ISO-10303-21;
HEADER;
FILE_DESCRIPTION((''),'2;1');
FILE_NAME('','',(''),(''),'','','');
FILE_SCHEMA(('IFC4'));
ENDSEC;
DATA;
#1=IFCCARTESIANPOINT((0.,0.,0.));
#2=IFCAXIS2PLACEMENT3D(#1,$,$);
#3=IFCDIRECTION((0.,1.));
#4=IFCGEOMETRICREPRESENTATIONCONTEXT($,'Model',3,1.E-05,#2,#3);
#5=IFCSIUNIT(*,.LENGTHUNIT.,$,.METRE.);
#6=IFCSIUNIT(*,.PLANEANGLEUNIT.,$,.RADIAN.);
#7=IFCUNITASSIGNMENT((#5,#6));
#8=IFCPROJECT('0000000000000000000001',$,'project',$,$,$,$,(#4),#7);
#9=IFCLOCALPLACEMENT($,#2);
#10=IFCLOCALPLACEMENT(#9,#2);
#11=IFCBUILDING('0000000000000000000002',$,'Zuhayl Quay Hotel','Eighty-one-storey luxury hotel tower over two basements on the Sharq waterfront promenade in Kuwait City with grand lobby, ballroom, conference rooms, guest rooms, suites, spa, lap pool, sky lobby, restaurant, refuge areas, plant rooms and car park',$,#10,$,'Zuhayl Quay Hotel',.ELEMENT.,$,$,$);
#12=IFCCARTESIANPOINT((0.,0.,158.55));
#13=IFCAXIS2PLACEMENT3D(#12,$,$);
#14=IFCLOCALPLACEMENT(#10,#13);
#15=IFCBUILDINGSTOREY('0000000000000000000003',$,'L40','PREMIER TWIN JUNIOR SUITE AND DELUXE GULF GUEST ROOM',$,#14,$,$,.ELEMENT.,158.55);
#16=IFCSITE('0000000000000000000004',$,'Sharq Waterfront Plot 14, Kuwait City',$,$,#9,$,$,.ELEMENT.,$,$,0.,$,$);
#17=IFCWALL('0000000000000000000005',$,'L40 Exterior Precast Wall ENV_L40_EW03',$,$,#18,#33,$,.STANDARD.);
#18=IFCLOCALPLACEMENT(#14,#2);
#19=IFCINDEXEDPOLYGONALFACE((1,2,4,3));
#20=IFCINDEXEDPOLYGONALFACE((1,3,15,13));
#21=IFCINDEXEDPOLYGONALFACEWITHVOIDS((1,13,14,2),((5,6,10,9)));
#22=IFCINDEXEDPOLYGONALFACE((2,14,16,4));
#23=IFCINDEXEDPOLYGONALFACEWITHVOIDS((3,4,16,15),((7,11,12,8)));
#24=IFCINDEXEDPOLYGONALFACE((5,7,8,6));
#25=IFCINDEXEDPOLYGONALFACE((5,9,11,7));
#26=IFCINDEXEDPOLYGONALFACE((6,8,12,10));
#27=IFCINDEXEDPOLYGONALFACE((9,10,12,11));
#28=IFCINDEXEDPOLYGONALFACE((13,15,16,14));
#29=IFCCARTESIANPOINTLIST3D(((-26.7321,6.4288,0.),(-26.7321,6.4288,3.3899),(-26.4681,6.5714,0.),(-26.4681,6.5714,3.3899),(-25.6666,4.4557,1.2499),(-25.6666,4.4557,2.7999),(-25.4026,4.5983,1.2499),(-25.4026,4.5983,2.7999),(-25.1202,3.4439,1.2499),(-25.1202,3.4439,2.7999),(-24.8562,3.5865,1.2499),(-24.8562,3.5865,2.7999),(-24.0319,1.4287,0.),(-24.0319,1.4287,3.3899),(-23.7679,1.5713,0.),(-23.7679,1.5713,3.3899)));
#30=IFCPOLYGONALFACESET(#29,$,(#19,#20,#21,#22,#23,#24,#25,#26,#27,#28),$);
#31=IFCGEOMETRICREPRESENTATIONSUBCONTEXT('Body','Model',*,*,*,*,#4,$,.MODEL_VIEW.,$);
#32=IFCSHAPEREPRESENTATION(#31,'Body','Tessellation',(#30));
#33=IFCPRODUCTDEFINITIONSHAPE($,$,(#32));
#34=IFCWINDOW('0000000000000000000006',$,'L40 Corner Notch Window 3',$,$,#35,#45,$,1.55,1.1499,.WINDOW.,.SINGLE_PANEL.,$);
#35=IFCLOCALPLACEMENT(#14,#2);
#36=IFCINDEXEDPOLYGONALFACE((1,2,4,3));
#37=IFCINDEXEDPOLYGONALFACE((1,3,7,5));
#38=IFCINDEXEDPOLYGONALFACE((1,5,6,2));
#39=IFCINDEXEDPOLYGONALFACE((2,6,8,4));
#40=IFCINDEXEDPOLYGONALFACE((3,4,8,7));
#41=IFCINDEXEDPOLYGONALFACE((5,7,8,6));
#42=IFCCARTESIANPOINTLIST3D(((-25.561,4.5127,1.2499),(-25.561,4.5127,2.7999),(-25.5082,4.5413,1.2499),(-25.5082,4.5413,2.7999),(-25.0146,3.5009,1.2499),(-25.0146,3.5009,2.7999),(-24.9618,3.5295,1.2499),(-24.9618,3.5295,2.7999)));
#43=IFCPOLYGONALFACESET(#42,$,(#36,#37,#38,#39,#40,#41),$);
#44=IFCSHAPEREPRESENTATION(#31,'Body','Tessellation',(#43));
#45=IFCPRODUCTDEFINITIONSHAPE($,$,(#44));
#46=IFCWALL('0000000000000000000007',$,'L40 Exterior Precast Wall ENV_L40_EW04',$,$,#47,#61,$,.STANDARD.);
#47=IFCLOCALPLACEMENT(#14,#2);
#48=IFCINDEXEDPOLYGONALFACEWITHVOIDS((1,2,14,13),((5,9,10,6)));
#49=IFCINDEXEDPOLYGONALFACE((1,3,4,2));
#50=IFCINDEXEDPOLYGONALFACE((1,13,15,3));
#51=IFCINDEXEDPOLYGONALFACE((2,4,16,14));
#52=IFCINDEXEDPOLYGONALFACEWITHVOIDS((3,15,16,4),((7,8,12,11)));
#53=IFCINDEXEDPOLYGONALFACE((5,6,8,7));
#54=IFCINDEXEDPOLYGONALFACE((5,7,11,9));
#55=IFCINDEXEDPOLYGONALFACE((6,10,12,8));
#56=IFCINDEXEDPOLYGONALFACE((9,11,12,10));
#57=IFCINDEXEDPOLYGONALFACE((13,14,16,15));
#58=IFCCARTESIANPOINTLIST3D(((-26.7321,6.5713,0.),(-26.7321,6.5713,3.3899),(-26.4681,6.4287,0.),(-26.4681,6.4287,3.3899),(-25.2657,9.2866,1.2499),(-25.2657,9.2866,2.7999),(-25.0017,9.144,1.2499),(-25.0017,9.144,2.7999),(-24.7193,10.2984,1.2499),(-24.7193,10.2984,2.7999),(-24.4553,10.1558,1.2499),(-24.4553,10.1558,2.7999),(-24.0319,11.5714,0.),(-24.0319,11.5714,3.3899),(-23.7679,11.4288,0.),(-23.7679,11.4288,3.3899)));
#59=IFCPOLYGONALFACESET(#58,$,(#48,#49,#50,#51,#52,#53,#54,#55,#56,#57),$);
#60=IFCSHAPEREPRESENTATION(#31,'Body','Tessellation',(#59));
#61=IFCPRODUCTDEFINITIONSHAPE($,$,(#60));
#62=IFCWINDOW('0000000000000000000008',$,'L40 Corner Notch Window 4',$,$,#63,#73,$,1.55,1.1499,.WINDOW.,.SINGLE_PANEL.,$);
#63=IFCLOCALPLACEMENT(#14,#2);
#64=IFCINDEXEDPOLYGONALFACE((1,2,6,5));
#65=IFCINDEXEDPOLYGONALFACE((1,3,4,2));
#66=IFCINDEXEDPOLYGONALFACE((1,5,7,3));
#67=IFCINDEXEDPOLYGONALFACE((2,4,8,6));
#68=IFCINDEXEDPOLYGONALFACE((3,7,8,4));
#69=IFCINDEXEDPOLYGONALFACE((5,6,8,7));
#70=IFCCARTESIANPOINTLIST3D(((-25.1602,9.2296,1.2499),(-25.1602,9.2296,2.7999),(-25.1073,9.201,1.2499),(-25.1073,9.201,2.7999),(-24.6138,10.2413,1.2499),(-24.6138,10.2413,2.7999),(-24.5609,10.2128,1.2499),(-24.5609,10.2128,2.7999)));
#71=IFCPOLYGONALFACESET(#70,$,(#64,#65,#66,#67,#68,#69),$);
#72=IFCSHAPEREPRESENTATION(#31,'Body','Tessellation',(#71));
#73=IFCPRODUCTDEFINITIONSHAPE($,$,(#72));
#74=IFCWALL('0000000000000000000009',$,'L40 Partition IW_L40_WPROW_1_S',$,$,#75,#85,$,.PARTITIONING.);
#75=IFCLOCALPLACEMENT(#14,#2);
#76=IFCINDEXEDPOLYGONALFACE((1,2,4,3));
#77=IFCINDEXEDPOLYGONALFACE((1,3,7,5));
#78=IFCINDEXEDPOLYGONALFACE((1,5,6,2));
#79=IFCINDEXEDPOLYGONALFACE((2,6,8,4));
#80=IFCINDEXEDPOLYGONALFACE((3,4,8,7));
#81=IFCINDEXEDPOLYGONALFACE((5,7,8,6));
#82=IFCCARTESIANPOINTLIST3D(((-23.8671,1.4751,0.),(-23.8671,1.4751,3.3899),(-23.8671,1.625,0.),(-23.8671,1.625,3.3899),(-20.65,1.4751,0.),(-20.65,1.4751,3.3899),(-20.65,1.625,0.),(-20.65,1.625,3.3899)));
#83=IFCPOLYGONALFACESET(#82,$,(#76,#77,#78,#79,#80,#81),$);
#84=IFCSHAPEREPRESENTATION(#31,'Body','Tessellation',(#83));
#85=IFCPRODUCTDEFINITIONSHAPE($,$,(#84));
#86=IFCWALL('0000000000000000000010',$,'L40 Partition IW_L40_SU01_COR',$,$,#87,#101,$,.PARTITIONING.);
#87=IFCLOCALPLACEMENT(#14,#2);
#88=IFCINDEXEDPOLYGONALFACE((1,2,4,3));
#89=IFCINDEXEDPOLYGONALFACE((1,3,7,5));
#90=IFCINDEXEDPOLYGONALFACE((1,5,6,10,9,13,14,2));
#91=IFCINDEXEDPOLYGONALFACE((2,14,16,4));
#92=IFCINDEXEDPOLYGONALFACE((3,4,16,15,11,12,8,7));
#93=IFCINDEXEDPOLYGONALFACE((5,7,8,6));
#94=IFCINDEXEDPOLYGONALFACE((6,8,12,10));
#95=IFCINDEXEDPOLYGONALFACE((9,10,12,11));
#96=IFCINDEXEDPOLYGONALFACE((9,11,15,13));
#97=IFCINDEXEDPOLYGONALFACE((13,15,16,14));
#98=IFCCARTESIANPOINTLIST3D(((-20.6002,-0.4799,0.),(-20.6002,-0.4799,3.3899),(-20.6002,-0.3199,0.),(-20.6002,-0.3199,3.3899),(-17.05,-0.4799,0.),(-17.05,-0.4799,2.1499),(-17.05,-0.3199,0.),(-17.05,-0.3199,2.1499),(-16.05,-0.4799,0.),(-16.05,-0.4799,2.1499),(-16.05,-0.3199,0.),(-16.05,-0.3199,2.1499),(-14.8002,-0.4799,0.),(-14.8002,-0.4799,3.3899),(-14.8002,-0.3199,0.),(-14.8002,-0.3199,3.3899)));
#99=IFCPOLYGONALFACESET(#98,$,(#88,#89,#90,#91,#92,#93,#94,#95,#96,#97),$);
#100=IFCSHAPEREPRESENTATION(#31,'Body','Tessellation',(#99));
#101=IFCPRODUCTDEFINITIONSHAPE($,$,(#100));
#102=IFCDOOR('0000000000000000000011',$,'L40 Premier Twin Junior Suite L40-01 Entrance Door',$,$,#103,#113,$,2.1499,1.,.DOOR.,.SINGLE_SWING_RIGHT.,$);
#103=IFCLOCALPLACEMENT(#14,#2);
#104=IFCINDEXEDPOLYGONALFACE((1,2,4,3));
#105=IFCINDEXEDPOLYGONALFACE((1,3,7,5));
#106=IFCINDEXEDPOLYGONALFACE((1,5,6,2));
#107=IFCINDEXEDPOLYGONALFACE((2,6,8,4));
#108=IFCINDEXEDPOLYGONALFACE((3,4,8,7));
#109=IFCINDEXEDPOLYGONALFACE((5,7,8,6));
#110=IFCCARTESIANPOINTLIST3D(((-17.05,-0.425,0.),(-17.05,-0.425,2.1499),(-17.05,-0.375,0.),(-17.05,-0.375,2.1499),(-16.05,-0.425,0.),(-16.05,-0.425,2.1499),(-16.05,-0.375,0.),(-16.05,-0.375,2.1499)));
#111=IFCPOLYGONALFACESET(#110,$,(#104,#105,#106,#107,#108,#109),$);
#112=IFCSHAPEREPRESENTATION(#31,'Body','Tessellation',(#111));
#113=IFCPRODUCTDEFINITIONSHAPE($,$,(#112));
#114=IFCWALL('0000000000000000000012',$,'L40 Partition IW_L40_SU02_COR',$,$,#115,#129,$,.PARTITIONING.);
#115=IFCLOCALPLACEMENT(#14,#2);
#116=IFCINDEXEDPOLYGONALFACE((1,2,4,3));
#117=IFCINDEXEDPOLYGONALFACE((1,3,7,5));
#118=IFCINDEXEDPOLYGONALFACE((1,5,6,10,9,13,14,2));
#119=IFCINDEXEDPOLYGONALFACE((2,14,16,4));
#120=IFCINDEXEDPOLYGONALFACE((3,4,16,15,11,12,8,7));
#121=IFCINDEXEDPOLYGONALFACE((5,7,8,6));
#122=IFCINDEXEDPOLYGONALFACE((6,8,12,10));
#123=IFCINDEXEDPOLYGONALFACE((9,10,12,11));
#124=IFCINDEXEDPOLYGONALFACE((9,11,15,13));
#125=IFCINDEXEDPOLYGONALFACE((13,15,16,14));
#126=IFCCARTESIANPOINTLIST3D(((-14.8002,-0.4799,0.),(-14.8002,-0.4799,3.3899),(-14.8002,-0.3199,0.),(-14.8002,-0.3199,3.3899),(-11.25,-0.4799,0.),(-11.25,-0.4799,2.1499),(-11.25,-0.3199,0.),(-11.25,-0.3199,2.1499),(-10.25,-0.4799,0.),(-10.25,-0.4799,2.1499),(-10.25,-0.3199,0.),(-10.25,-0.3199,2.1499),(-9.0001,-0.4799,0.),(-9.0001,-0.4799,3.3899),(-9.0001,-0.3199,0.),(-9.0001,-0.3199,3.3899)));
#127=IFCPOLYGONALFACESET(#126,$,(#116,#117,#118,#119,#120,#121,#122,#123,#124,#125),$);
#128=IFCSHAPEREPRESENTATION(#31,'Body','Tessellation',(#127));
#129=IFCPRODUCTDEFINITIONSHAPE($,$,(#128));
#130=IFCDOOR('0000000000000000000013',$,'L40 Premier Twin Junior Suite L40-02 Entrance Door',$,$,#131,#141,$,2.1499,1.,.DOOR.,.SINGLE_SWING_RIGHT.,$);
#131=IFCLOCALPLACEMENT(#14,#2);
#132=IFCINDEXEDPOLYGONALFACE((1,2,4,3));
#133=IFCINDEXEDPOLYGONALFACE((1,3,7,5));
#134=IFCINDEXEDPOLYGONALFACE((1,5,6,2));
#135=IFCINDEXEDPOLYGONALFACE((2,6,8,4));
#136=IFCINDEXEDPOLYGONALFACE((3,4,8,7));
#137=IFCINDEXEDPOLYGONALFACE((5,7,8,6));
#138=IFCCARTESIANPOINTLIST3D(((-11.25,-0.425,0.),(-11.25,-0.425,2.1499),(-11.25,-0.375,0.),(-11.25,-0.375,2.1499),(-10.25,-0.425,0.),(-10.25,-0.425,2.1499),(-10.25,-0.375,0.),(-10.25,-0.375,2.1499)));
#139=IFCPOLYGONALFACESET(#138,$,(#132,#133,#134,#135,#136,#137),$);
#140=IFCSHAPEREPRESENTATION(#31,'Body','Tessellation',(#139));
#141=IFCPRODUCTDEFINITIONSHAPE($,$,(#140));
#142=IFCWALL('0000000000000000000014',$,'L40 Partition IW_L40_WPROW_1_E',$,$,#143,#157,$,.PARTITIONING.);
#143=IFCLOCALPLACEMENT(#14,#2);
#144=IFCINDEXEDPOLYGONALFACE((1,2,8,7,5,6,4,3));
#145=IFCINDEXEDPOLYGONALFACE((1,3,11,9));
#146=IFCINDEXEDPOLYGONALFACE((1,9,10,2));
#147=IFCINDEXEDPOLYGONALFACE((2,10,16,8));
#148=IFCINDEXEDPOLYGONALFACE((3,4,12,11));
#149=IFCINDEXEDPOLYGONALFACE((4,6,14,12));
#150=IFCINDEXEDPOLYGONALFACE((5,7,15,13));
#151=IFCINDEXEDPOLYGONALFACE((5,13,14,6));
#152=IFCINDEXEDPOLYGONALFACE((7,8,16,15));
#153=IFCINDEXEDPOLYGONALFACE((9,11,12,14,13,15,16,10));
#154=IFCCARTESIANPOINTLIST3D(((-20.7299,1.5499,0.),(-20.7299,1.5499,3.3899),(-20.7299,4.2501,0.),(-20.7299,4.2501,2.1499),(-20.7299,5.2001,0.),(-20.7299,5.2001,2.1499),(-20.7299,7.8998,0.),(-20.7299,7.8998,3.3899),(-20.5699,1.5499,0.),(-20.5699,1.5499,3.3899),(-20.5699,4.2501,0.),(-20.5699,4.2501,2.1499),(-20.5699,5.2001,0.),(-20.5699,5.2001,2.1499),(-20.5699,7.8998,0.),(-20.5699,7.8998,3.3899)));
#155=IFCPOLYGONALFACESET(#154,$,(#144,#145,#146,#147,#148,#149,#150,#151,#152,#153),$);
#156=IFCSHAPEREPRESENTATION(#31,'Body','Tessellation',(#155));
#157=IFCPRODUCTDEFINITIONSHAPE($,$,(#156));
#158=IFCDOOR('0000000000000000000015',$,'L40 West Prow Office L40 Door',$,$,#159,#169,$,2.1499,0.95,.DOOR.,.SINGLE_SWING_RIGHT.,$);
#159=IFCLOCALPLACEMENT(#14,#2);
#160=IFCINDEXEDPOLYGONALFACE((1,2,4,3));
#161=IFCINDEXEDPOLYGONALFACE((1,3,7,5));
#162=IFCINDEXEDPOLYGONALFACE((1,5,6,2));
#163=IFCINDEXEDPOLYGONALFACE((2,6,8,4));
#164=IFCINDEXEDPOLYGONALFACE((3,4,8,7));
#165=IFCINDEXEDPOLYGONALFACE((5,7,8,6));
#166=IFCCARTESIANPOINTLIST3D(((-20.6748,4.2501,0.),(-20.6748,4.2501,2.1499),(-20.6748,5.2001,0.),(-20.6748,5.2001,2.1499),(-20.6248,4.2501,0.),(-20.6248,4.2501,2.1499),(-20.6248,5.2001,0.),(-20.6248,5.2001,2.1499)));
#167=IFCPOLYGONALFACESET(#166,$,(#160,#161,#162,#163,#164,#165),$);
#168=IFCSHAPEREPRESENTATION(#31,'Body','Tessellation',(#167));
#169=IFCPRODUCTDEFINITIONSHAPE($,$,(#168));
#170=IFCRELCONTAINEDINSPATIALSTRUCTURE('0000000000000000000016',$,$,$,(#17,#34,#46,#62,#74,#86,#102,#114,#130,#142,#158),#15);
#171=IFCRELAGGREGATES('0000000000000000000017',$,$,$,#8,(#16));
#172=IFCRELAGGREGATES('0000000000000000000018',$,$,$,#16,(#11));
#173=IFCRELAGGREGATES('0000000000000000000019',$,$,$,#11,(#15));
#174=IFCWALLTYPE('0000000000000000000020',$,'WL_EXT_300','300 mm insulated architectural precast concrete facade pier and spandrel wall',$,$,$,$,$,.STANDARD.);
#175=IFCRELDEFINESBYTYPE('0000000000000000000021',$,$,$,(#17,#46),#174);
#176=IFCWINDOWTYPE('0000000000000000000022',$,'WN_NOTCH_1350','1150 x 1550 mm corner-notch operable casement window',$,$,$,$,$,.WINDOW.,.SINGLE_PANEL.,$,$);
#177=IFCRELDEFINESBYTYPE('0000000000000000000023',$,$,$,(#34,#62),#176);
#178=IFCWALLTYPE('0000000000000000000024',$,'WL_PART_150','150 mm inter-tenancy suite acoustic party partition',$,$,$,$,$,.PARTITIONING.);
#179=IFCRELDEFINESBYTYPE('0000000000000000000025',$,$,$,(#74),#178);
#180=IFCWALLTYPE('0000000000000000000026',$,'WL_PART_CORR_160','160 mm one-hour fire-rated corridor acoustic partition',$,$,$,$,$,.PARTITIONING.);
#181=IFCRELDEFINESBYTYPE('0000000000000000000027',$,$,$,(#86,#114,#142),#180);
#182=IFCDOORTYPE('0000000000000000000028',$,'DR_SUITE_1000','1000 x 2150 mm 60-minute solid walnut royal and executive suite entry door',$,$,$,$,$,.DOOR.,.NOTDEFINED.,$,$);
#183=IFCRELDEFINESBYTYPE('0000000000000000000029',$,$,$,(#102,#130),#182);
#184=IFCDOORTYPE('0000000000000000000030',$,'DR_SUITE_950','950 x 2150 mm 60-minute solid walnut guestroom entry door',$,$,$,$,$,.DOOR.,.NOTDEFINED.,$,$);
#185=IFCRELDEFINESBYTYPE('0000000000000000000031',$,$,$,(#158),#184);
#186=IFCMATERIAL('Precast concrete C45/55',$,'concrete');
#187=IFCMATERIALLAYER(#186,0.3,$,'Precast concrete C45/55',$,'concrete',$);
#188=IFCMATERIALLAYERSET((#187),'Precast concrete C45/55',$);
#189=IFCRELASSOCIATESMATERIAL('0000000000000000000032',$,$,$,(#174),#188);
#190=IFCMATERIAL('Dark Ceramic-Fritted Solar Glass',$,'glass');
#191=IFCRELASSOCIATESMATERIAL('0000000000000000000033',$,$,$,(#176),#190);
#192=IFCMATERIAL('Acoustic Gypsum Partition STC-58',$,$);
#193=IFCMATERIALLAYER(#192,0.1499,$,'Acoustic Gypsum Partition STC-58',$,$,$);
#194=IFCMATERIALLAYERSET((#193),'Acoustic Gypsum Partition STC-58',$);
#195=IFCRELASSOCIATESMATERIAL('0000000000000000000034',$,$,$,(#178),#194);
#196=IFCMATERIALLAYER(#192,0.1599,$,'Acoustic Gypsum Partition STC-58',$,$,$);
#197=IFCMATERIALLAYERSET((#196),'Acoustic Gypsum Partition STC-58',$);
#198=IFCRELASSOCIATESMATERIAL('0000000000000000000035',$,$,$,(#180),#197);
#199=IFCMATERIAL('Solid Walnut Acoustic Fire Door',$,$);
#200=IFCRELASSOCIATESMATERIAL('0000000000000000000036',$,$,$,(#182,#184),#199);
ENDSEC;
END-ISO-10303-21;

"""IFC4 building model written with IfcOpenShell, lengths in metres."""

from ifc_helpers import new_model, si_unit, direction, frame, frame_2d, origin, place, context, subcontext, project, spatial, rectangle, extrude, material, layer, layer_set, type_object, element, fill, save


model = new_model("IFC4")

# Units and contexts
model_context = context("Model", 3, precision=1e-05, world=origin(), true_north=direction((0.0, 1.0)))
body_context = subcontext(model_context, "Body", "Model", "MODEL_VIEW")
ifc_project = project(units=[si_unit("LENGTHUNIT", "METRE"), si_unit("PLANEANGLEUNIT", "RADIAN")], contexts=[model_context])

# Site, building, storey
site_placement = place(None, origin())
site = spatial("IfcSite", under=ifc_project, at=site_placement, Name="Sharq Waterfront Plot 14, Kuwait City", CompositionType="ELEMENT", RefElevation=0.0)
building_placement = place(site_placement, origin())
building = spatial("IfcBuilding", under=site, at=building_placement, Name="Zuhayl Quay Hotel", Description="Eighty-one-storey luxury hotel tower over two basements on the Sharq waterfront promenade in Kuwait City with grand lobby, ballroom, conference rooms, guest rooms, suites, spa, lap pool, sky lobby, restaurant, refuge areas, plant rooms and car park", LongName="Zuhayl Quay Hotel", CompositionType="ELEMENT")
storey_placement = place(building_placement, frame((0.0, 0.0, 158.55)))
storey = spatial("IfcBuildingStorey", under=building, at=storey_placement, Name="L40", Description="PREMIER TWIN JUNIOR SUITE AND DELUXE GULF GUEST ROOM", CompositionType="ELEMENT", Elevation=158.55)

# Shared definitions
ifc_material_1 = material(Name="Precast concrete C45/55", Category="concrete")
ifc_layer_1 = layer(ifc_material_1, 0.3, Name="Precast concrete C45/55", Category="concrete")
ifc_layer_set_1 = layer_set([ifc_layer_1], Name="Precast concrete C45/55")
wall_type_1 = type_object("IfcWallType", Name="WL_EXT_300", Description="300 mm insulated architectural precast concrete facade pier and spandrel wall", PredefinedType="STANDARD", material=ifc_layer_set_1)

# Walls, openings, windows
wall_1_placement = place(storey_placement, frame((-23.8999, 1.5, 0.0), z_axis=(0.0, 0.0, 1.0), x_axis=(-0.475176, 0.879891, 0.0)))
wall_1 = element("IfcWall", 1, at=wall_1_placement, inside=storey, type_object=wall_type_1, Name="L40 Exterior Precast Wall ENV_L40_EW03", PredefinedType="STANDARD", context=body_context, shape_type="SweptSolid", body=[
    extrude(rectangle(XDim=5.6826, YDim=0.3, at=frame_2d((2.8413, 0.0))), origin(), (0.0, 0.0, 1.0), 3.3899),
])
opening_1_placement = place(wall_1_placement, frame((2.2903, 0.0, 1.25)))
opening_1 = element("IfcOpeningElement", 2, at=opening_1_placement, cuts=wall_1, PredefinedType="OPENING", context=body_context, shape_type="SweptSolid", body=[
    extrude(rectangle(XDim=1.1499, YDim=1.55, at=frame_2d((0.575, 0.7749))), frame((0.0, 0.1599, 0.0), z_axis=(0.0, -1.0, 0.0), x_axis=(1.0, 0.0, 0.0)), (0.0, 0.0, 1.0), 0.3201),
])
ifc_material_2 = material(Name="Dark Ceramic-Fritted Solar Glass", Category="glass")
window_type = type_object("IfcWindowType", Name="WN_NOTCH_1350", Description="1150 x 1550 mm corner-notch operable casement window", PartitioningType="SINGLE_PANEL", PredefinedType="WINDOW", material=ifc_material_2)
window_1_placement = place(opening_1_placement, origin())
window_1 = element("IfcWindow", 3, at=window_1_placement, inside=storey, type_object=window_type, Name="L40 Corner Notch Window 3", OverallHeight=1.55, OverallWidth=1.1499, PartitioningType="SINGLE_PANEL", PredefinedType="WINDOW", context=body_context, shape_type="SweptSolid", body=[
    extrude(rectangle(XDim=1.1499, YDim=1.55, at=frame_2d((0.575, 0.7749))), frame((0.0, 0.03, 0.0), z_axis=(0.0, -1.0, 0.0), x_axis=(1.0, 0.0, 0.0)), (0.0, 0.0, 1.0), 0.0601),
])
fill(opening_1, window_1)
wall_2_placement = place(storey_placement, frame((-26.6001, 6.5, 0.0), z_axis=(0.0, 0.0, 1.0), x_axis=(0.475176, 0.879891, 0.0)))
wall_2 = element("IfcWall", 4, at=wall_2_placement, inside=storey, type_object=wall_type_1, Name="L40 Exterior Precast Wall ENV_L40_EW04", PredefinedType="STANDARD", context=body_context, shape_type="SweptSolid", body=[
    extrude(rectangle(XDim=5.6826, YDim=0.3, at=frame_2d((2.8413, 0.0))), origin(), (0.0, 0.0, 1.0), 3.3899),
])
opening_2_placement = place(wall_2_placement, frame((3.0859, 0.0, 1.25)))
opening_2 = element("IfcOpeningElement", 5, at=opening_2_placement, cuts=wall_2, PredefinedType="OPENING", context=body_context, shape_type="SweptSolid", body=[
    extrude(rectangle(XDim=1.1499, YDim=1.55, at=frame_2d((0.575, 0.7749))), frame((0.0, 0.1599, 0.0), z_axis=(0.0, -1.0, 0.0), x_axis=(1.0, 0.0, 0.0)), (0.0, 0.0, 1.0), 0.3201),
])
window_2_placement = place(opening_2_placement, origin())
window_2 = element("IfcWindow", 6, at=window_2_placement, inside=storey, type_object=window_type, Name="L40 Corner Notch Window 4", OverallHeight=1.55, OverallWidth=1.1499, PartitioningType="SINGLE_PANEL", PredefinedType="WINDOW", context=body_context, shape_type="SweptSolid", body=[
    extrude(rectangle(XDim=1.1499, YDim=1.55, at=frame_2d((0.575, 0.7749))), frame((0.0, 0.03, 0.0), z_axis=(0.0, -1.0, 0.0), x_axis=(1.0, 0.0, 0.0)), (0.0, 0.0, 1.0), 0.0601),
])
fill(opening_2, window_2)

# Wall
ifc_material_3 = material(Name="Acoustic Gypsum Partition STC-58")
ifc_layer_2 = layer(ifc_material_3, 0.1499, Name="Acoustic Gypsum Partition STC-58")
ifc_layer_set_2 = layer_set([ifc_layer_2], Name="Acoustic Gypsum Partition STC-58")
wall_type_2 = type_object("IfcWallType", Name="WL_PART_150", Description="150 mm inter-tenancy suite acoustic party partition", PredefinedType="PARTITIONING", material=ifc_layer_set_2)
wall_3_placement = place(storey_placement, frame((-23.8669, 1.55, 0.0), z_axis=(0.0, 0.0, 1.0), x_axis=(1.0, 0.0, 0.0)))
element("IfcWall", 7, at=wall_3_placement, inside=storey, type_object=wall_type_2, Name="L40 Partition IW_L40_WPROW_1_S", PredefinedType="PARTITIONING", context=body_context, shape_type="SweptSolid", body=[
    extrude(rectangle(XDim=3.217, YDim=0.1499, at=frame_2d((1.6084, 0.0))), origin(), (0.0, 0.0, 1.0), 3.3899),
])

# Walls, openings, doors
ifc_layer_3 = layer(ifc_material_3, 0.1599, Name="Acoustic Gypsum Partition STC-58")
ifc_layer_set_3 = layer_set([ifc_layer_3], Name="Acoustic Gypsum Partition STC-58")
wall_type_3 = type_object("IfcWallType", Name="WL_PART_CORR_160", Description="160 mm one-hour fire-rated corridor acoustic partition", PredefinedType="PARTITIONING", material=ifc_layer_set_3)
wall_4_placement = place(storey_placement, frame((-20.6001, -0.3999, 0.0), z_axis=(0.0, 0.0, 1.0), x_axis=(1.0, 0.0, 0.0)))
wall_4 = element("IfcWall", 8, at=wall_4_placement, inside=storey, type_object=wall_type_3, Name="L40 Partition IW_L40_SU01_COR", PredefinedType="PARTITIONING", context=body_context, shape_type="SweptSolid", body=[
    extrude(rectangle(XDim=5.8, YDim=0.1599, at=frame_2d((2.8999, 0.0))), origin(), (0.0, 0.0, 1.0), 3.3899),
])
opening_3_placement = place(wall_4_placement, frame((3.55, 0.0, 0.0)))
opening_3 = element("IfcOpeningElement", 9, at=opening_3_placement, cuts=wall_4, PredefinedType="OPENING", context=body_context, shape_type="SweptSolid", body=[
    extrude(rectangle(XDim=1.0, YDim=2.1499, at=frame_2d((0.5, 1.075))), frame((0.0, 0.0898, 0.0), z_axis=(0.0, -1.0, 0.0), x_axis=(1.0, 0.0, 0.0)), (0.0, 0.0, 1.0), 0.1799),
])
ifc_material_4 = material(Name="Solid Walnut Acoustic Fire Door")
door_type_1 = type_object("IfcDoorType", Name="DR_SUITE_1000", Description="1000 x 2150 mm 60-minute solid walnut royal and executive suite entry door", OperationType="NOTDEFINED", PredefinedType="DOOR", material=ifc_material_4)
door_1_placement = place(opening_3_placement, origin())
door_1 = element("IfcDoor", 10, at=door_1_placement, inside=storey, type_object=door_type_1, Name="L40 Premier Twin Junior Suite L40-01 Entrance Door", OperationType="SINGLE_SWING_RIGHT", OverallHeight=2.1499, OverallWidth=1.0, PredefinedType="DOOR", context=body_context, shape_type="SweptSolid", body=[
    extrude(rectangle(XDim=1.0, YDim=2.1499, at=frame_2d((0.5, 1.075))), frame((0.0, 0.0249, 0.0), z_axis=(0.0, -1.0, 0.0), x_axis=(1.0, 0.0, 0.0)), (0.0, 0.0, 1.0), 0.05),
])
fill(opening_3, door_1)
wall_5_placement = place(storey_placement, frame((-14.8, -0.3999, 0.0), z_axis=(0.0, 0.0, 1.0), x_axis=(1.0, 0.0, 0.0)))
wall_5 = element("IfcWall", 11, at=wall_5_placement, inside=storey, type_object=wall_type_3, Name="L40 Partition IW_L40_SU02_COR", PredefinedType="PARTITIONING", context=body_context, shape_type="SweptSolid", body=[
    extrude(rectangle(XDim=5.8, YDim=0.1599, at=frame_2d((2.8999, 0.0))), origin(), (0.0, 0.0, 1.0), 3.3899),
])
opening_4_placement = place(wall_5_placement, frame((3.55, 0.0, 0.0)))
opening_4 = element("IfcOpeningElement", 12, at=opening_4_placement, cuts=wall_5, PredefinedType="OPENING", context=body_context, shape_type="SweptSolid", body=[
    extrude(rectangle(XDim=1.0, YDim=2.1499, at=frame_2d((0.5, 1.075))), frame((0.0, 0.0898, 0.0), z_axis=(0.0, -1.0, 0.0), x_axis=(1.0, 0.0, 0.0)), (0.0, 0.0, 1.0), 0.1799),
])
door_2_placement = place(opening_4_placement, origin())
door_2 = element("IfcDoor", 13, at=door_2_placement, inside=storey, type_object=door_type_1, Name="L40 Premier Twin Junior Suite L40-02 Entrance Door", OperationType="SINGLE_SWING_RIGHT", OverallHeight=2.1499, OverallWidth=1.0, PredefinedType="DOOR", context=body_context, shape_type="SweptSolid", body=[
    extrude(rectangle(XDim=1.0, YDim=2.1499, at=frame_2d((0.5, 1.075))), frame((0.0, 0.0249, 0.0), z_axis=(0.0, -1.0, 0.0), x_axis=(1.0, 0.0, 0.0)), (0.0, 0.0, 1.0), 0.05),
])
fill(opening_4, door_2)
wall_6_placement = place(storey_placement, frame((-20.6499, 1.55, 0.0), z_axis=(0.0, 0.0, 1.0), x_axis=(0.0, 1.0, 0.0)))
wall_6 = element("IfcWall", 14, at=wall_6_placement, inside=storey, type_object=wall_type_3, Name="L40 Partition IW_L40_WPROW_1_E", PredefinedType="PARTITIONING", context=body_context, shape_type="SweptSolid", body=[
    extrude(rectangle(XDim=6.3499, YDim=0.1599, at=frame_2d((3.1748, 0.0))), origin(), (0.0, 0.0, 1.0), 3.3899),
])
opening_5_placement = place(wall_6_placement, frame((2.7, 0.0, 0.0)))
opening_5 = element("IfcOpeningElement", 15, at=opening_5_placement, cuts=wall_6, PredefinedType="OPENING", context=body_context, shape_type="SweptSolid", body=[
    extrude(rectangle(XDim=0.95, YDim=2.1499, at=frame_2d((0.4751, 1.075))), frame((0.0, 0.0898, 0.0), z_axis=(0.0, -1.0, 0.0), x_axis=(1.0, 0.0, 0.0)), (0.0, 0.0, 1.0), 0.1799),
])
door_type_2 = type_object("IfcDoorType", Name="DR_SUITE_950", Description="950 x 2150 mm 60-minute solid walnut guestroom entry door", OperationType="NOTDEFINED", PredefinedType="DOOR", material=ifc_material_4)
door_3_placement = place(opening_5_placement, origin())
door_3 = element("IfcDoor", 16, at=door_3_placement, inside=storey, type_object=door_type_2, Name="L40 West Prow Office L40 Door", OperationType="SINGLE_SWING_RIGHT", OverallHeight=2.1499, OverallWidth=0.95, PredefinedType="DOOR", context=body_context, shape_type="SweptSolid", body=[
    extrude(rectangle(XDim=0.95, YDim=2.1499, at=frame_2d((0.4751, 1.075))), frame((0.0, 0.0249, 0.0), z_axis=(0.0, -1.0, 0.0), x_axis=(1.0, 0.0, 0.0)), (0.0, 0.0, 1.0), 0.05),
])
fill(opening_5, door_3)

save(model, "model.ifc")
